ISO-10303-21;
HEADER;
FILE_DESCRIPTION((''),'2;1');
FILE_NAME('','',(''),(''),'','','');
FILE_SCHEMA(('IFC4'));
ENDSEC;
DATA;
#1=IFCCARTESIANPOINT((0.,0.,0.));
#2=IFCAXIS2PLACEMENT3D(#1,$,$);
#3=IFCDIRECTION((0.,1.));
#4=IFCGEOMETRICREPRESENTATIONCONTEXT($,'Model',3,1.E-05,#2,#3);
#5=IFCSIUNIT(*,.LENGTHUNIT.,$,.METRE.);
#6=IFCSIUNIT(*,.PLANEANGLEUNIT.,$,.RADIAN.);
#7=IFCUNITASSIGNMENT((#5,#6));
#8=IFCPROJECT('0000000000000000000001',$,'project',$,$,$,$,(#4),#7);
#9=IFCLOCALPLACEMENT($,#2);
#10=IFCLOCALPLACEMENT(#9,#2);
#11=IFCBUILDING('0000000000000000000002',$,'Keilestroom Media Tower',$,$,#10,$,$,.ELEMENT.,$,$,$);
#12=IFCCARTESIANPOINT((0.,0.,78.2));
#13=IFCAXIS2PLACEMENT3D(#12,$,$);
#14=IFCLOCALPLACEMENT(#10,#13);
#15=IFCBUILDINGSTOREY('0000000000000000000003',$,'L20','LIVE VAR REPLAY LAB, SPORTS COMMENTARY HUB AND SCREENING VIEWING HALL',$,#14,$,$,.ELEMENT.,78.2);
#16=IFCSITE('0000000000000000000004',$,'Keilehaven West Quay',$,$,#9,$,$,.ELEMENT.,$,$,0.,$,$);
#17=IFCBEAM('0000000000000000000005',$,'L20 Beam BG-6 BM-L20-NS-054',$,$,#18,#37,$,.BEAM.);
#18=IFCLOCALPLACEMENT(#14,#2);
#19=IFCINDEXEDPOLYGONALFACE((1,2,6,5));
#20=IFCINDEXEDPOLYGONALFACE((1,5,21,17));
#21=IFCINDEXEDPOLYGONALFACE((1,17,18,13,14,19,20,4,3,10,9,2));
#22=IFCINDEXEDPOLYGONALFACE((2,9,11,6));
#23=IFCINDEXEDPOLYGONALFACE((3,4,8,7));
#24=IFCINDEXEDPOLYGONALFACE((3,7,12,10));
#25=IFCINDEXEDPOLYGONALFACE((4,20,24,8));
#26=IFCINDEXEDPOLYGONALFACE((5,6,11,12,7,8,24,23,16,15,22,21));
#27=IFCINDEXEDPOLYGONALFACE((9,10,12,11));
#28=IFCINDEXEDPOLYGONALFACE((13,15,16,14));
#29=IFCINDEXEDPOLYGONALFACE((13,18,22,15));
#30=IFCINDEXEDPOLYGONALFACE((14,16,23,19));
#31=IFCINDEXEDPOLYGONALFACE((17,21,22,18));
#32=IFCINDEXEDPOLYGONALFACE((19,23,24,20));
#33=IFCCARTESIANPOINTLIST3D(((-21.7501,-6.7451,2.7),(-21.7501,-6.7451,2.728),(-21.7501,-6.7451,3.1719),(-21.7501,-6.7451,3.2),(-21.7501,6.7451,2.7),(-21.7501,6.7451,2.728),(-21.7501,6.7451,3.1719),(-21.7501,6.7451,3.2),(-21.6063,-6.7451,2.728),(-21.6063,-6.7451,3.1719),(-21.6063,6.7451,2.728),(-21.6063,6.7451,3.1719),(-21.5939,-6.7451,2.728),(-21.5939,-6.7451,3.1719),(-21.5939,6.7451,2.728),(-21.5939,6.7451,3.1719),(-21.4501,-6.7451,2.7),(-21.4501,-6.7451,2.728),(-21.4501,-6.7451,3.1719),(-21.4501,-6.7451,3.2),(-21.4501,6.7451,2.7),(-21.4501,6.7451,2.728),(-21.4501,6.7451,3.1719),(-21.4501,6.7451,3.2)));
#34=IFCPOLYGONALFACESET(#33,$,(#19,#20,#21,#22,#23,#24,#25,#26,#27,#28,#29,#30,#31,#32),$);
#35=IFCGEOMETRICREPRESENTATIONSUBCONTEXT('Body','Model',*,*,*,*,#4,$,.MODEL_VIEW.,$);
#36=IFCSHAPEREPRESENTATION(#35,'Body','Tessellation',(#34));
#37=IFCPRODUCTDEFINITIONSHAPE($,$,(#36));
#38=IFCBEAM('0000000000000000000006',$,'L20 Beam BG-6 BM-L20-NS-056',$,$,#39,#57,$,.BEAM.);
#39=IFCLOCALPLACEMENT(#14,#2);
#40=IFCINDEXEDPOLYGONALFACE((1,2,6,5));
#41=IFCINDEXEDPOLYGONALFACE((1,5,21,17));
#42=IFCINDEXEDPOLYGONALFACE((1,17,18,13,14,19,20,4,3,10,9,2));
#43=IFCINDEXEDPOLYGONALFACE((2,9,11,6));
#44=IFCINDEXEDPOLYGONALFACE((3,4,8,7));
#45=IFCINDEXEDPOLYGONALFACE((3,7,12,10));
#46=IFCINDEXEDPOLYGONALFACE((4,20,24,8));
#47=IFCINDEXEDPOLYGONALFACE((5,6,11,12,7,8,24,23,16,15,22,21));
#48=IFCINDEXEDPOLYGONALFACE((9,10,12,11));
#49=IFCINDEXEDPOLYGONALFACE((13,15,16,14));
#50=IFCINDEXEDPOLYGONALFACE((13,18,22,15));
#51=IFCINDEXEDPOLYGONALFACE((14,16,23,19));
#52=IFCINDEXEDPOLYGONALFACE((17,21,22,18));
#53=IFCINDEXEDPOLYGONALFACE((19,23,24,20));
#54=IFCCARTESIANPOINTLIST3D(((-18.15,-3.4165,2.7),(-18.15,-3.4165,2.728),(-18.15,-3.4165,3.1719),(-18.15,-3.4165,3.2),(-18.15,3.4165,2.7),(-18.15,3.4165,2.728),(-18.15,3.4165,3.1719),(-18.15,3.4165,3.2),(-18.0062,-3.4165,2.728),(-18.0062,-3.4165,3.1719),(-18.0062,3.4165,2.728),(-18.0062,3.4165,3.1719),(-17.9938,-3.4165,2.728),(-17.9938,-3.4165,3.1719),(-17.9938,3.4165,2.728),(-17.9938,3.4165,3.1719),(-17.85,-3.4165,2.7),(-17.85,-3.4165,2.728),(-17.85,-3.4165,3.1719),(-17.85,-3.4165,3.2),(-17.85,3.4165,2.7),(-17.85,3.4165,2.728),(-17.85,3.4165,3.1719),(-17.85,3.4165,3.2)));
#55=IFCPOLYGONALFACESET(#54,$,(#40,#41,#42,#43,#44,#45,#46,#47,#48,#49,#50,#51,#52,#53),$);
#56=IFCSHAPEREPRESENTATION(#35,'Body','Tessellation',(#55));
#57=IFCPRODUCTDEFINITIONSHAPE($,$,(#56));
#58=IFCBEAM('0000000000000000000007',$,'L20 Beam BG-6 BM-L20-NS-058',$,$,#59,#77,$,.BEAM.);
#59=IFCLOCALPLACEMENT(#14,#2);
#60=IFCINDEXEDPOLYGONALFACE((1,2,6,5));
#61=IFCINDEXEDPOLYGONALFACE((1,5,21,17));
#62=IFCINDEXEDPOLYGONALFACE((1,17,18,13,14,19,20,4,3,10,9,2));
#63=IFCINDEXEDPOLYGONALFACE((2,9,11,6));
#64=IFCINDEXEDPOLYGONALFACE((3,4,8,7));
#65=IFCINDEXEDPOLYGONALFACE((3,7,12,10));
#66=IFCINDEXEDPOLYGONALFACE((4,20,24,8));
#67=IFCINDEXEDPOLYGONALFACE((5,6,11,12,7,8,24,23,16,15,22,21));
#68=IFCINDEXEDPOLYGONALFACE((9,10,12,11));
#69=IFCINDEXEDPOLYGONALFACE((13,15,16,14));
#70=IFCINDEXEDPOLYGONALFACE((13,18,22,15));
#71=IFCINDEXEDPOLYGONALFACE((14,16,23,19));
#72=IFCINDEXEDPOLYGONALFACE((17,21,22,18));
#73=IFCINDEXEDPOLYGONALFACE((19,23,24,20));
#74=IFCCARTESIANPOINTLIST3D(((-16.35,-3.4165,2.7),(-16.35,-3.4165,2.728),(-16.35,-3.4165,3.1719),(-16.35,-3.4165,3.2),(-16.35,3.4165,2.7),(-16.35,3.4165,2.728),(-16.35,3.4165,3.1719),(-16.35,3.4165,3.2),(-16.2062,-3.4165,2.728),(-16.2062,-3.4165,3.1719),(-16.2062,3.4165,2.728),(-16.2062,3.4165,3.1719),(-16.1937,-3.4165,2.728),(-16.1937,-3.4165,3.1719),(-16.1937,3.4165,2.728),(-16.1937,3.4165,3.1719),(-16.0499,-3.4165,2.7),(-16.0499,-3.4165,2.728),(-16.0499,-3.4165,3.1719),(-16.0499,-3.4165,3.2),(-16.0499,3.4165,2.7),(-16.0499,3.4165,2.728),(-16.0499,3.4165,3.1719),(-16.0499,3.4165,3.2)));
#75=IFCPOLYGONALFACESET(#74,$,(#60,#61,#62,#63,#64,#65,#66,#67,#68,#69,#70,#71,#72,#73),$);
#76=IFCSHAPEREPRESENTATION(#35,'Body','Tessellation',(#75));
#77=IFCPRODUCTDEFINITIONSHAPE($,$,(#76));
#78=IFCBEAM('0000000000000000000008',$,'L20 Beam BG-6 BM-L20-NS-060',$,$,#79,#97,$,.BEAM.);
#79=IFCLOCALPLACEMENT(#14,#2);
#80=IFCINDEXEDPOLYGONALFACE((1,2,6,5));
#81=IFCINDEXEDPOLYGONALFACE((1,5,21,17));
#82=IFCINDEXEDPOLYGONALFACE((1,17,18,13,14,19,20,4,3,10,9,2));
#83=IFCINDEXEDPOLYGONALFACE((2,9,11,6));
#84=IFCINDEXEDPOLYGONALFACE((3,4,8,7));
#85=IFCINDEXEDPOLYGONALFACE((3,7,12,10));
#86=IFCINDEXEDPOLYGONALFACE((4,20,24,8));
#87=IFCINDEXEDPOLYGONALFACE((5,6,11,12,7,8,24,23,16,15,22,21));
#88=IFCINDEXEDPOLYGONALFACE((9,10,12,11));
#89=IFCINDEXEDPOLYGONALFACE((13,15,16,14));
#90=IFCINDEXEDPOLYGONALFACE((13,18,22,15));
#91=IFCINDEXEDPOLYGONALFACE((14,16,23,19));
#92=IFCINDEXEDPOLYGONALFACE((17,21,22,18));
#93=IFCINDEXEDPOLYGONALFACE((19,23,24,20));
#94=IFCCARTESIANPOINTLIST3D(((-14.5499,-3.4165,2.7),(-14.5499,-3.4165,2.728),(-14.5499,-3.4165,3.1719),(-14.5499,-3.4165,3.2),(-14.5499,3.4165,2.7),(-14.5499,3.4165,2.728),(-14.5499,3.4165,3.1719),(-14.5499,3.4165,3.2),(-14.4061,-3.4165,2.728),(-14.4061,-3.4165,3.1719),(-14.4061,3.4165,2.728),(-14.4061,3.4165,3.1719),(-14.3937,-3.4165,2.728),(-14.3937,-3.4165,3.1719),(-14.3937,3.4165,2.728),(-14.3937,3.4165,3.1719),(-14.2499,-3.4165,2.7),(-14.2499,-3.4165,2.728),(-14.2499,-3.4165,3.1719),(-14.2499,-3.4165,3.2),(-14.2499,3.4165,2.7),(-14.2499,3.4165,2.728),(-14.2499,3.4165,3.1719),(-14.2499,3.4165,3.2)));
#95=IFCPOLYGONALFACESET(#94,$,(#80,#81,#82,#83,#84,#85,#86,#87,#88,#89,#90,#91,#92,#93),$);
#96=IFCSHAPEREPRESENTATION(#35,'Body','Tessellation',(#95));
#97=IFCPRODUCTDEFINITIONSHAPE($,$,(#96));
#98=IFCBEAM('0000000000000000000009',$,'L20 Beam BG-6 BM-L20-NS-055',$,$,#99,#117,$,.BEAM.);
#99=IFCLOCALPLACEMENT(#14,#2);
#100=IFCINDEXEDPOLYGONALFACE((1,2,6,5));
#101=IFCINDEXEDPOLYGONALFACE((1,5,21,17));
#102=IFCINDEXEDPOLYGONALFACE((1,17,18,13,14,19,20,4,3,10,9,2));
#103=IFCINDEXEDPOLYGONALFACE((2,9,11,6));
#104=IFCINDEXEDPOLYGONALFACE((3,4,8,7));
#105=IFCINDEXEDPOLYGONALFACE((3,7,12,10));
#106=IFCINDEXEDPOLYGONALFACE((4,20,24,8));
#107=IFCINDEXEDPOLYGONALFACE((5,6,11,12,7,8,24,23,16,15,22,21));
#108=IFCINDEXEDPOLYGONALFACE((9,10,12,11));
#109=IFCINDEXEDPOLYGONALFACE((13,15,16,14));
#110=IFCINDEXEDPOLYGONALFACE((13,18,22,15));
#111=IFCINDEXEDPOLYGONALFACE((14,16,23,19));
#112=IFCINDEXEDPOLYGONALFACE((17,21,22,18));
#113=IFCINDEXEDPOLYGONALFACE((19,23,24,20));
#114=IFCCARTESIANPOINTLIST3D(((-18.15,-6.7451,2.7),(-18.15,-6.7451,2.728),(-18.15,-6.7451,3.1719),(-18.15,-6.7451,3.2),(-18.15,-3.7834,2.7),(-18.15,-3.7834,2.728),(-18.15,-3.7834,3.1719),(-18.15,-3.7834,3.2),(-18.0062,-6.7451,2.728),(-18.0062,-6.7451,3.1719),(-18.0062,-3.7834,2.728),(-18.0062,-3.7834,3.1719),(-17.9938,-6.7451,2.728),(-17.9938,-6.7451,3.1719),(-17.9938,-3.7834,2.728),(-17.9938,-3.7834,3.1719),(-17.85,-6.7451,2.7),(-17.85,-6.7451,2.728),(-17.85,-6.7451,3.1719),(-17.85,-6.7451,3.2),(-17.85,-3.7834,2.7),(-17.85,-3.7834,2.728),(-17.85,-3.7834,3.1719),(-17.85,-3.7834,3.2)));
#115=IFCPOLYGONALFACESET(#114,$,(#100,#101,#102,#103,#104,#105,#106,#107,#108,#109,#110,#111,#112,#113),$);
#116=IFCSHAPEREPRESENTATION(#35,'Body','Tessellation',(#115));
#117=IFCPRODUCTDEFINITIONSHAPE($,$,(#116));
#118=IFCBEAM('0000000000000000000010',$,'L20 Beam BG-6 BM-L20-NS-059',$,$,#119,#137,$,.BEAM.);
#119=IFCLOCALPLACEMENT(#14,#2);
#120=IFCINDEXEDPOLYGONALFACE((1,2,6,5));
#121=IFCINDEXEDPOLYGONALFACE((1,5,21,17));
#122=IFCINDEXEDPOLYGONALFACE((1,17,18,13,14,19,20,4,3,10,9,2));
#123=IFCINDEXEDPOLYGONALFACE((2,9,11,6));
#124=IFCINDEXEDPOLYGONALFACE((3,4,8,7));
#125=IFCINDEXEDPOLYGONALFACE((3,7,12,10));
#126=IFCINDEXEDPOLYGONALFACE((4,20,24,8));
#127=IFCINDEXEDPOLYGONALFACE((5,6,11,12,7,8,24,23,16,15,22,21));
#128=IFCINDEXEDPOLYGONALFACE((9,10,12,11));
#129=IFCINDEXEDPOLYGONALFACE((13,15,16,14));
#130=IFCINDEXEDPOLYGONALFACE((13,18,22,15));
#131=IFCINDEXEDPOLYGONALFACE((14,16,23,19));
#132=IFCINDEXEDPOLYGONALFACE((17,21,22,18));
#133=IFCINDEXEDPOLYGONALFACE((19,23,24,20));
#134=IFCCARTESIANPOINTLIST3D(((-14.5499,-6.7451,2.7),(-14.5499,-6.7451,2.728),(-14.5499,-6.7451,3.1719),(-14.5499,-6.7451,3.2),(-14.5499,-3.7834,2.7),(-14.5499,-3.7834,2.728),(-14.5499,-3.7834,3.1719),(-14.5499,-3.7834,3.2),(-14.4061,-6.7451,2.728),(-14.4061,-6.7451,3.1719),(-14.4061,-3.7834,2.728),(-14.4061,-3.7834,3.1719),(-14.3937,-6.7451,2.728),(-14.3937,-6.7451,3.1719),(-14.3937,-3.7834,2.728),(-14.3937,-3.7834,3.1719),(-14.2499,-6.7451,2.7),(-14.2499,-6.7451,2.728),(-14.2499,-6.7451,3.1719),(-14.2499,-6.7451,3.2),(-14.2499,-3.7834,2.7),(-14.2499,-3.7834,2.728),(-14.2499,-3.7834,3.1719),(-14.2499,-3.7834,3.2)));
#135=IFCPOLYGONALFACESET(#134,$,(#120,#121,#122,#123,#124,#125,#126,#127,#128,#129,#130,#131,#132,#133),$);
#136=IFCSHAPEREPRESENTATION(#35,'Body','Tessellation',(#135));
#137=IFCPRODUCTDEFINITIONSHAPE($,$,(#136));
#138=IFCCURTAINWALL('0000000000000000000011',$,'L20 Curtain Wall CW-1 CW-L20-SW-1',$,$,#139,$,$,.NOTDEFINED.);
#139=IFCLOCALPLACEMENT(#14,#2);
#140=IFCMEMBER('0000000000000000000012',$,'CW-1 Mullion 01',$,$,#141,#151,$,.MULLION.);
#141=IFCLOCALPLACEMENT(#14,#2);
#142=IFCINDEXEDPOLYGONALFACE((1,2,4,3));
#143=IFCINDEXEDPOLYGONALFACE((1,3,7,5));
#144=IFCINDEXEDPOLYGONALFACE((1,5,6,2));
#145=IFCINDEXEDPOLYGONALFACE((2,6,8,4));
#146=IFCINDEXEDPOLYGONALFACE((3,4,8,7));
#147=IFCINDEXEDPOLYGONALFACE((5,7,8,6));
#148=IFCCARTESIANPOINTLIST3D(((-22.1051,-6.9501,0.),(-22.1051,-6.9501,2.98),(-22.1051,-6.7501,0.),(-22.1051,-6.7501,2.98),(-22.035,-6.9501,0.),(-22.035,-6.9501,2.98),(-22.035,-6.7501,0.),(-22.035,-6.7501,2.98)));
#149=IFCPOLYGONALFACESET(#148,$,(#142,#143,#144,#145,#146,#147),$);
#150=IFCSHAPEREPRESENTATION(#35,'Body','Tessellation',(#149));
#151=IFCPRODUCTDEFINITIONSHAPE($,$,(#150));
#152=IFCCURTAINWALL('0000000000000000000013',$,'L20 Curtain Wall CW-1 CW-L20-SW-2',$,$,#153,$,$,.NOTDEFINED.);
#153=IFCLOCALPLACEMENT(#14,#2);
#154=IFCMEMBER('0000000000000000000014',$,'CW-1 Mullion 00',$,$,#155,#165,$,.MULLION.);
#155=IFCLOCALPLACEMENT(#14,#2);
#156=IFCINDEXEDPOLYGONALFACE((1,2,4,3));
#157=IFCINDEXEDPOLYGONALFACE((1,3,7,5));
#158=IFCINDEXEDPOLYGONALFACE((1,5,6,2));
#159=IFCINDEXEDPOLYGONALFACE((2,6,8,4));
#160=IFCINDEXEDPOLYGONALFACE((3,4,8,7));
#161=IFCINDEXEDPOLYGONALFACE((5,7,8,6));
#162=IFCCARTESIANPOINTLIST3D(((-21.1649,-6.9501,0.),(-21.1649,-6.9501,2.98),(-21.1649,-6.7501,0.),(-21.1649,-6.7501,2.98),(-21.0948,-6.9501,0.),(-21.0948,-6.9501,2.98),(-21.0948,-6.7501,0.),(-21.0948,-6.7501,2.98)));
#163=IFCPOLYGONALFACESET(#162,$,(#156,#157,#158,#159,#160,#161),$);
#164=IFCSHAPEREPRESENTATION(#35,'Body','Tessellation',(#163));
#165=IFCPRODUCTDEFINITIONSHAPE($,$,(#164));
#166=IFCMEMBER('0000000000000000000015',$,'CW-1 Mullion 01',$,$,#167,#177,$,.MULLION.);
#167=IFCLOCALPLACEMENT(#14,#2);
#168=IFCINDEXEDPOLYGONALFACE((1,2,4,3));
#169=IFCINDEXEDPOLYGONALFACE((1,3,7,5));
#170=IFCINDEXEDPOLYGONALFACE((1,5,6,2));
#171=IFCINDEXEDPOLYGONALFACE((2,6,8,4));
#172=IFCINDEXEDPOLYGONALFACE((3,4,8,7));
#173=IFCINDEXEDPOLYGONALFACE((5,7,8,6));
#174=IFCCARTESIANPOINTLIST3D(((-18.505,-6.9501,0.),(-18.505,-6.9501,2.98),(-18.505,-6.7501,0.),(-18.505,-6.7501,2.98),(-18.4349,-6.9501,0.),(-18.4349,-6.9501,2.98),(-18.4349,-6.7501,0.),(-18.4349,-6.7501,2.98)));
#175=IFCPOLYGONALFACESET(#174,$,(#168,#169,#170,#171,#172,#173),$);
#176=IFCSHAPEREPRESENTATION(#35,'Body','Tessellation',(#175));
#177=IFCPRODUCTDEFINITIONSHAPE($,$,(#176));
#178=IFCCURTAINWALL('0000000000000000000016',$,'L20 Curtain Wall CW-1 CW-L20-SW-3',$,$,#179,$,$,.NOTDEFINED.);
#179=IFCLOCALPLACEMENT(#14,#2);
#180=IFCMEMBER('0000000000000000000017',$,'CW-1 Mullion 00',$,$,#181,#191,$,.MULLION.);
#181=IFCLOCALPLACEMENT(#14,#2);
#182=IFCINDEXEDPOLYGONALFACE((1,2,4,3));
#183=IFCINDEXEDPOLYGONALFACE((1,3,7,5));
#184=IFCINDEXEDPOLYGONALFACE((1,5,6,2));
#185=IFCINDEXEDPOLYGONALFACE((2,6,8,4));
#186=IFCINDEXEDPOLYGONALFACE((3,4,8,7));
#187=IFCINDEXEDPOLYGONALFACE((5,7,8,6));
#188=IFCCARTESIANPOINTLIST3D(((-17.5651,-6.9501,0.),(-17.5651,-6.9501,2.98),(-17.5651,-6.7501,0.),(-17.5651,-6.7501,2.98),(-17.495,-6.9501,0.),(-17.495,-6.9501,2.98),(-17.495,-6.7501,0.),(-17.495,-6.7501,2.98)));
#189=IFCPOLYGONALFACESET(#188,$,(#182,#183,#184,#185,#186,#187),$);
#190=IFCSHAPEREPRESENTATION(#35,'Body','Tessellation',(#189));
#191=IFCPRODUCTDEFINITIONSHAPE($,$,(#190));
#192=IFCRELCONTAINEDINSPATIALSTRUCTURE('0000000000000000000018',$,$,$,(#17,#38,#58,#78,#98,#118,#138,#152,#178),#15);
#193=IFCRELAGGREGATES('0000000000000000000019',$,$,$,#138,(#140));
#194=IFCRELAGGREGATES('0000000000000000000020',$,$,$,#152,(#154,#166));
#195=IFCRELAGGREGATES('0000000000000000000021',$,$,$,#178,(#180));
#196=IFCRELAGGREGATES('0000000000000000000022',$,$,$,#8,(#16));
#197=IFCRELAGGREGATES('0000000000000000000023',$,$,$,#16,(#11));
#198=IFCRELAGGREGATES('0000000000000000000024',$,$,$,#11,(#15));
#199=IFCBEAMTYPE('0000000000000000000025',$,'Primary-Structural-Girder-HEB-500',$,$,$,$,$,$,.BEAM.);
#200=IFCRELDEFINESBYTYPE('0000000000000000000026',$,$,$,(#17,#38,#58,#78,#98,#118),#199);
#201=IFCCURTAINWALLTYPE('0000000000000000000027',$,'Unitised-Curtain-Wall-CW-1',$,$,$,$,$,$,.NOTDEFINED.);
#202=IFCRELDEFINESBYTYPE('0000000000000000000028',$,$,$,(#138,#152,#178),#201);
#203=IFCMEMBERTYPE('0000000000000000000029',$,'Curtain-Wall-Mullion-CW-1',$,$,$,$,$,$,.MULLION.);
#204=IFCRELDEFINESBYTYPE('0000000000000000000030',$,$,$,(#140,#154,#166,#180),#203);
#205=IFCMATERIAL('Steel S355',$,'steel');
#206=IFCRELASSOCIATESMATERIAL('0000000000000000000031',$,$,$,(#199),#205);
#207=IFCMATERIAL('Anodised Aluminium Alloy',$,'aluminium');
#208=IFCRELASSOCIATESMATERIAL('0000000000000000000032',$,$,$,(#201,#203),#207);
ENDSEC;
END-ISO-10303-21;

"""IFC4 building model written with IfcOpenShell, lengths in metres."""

from ifc_helpers import new_model, si_unit, direction, frame, origin, origin_2d, place, context, subcontext, project, spatial, rectangle, i_section, extrude, source, transform, mapped, material, material_profile, profile_set, type_object, element, aggregate, save


model = new_model("IFC4")

# Units and contexts
model_context = context("Model", 3, precision=1e-05, world=origin(), true_north=direction((0.0, 1.0)))
body_context = subcontext(model_context, "Body", "Model", "MODEL_VIEW")
ifc_project = project(units=[si_unit("LENGTHUNIT", "METRE"), si_unit("PLANEANGLEUNIT", "RADIAN")], contexts=[model_context])

# Site, building, storey
site_placement = place(None, origin())
site = spatial("IfcSite", under=ifc_project, at=site_placement, Name="Keilehaven West Quay", CompositionType="ELEMENT", RefElevation=0.0)
building_placement = place(site_placement, origin())
building = spatial("IfcBuilding", under=site, at=building_placement, Name="Keilestroom Media Tower", CompositionType="ELEMENT")
storey_placement = place(building_placement, frame((0.0, 0.0, 78.2)))
storey = spatial("IfcBuildingStorey", under=building, at=storey_placement, Name="L20", Description="LIVE VAR REPLAY LAB, SPORTS COMMENTARY HUB AND SCREENING VIEWING HALL", CompositionType="ELEMENT", Elevation=78.2)

# Beams
ifc_material_1 = material(Name="Steel S355", Category="steel")
ifc_material_profile_1 = material_profile(ifc_material_1, i_section(OverallWidth=0.3, OverallDepth=0.5, WebThickness=0.0125, FlangeThickness=0.0281, at=origin_2d()), Name="HEB 500")
ifc_profile_set_1 = profile_set([ifc_material_profile_1], Name="Steel S355")
beam_type_1 = type_object("IfcBeamType", Name="Primary-Structural-Girder-HEB-500", PredefinedType="BEAM", material=ifc_profile_set_1)
shared_shape_1 = source(origin(), body_context, "Body", "SweptSolid", [
    extrude(i_section(OverallWidth=0.3, OverallDepth=0.5, WebThickness=0.0125, FlangeThickness=0.0281, at=origin_2d()), origin(), (0.0, 0.0, 1.0), 13.4902),
])
beam_1_placement = place(storey_placement, frame((-21.6001, -6.7451, 2.95), z_axis=(0.0, 1.0, 0.0), x_axis=(-1.0, 0.0, 0.0)))
element("IfcBeam", 1, at=beam_1_placement, inside=storey, type_object=beam_type_1, Name="L20 Beam BG-6 BM-L20-NS-054", PredefinedType="BEAM", context=body_context, shape_type="MappedRepresentation", body=[
    mapped(shared_shape_1, transform((0.0, 0.0, 0.0), x_axis=(1.0, 0.0, 0.0), y_axis=(0.0, 1.0, 0.0), z_axis=(0.0, 0.0, 1.0), scale=1.0)),
])
shared_shape_2 = source(origin(), body_context, "Body", "SweptSolid", [
    extrude(i_section(OverallWidth=0.3, OverallDepth=0.5, WebThickness=0.0125, FlangeThickness=0.0281, at=origin_2d()), origin(), (0.0, 0.0, 1.0), 6.833),
])
for number, where, z_axis, x_axis, name in (
    (2, (-18.0, -3.4165, 2.95), (0.0, 1.0, 0.0), (-1.0, 0.0, 0.0), "L20 Beam BG-6 BM-L20-NS-056"),
    (3, (-16.2, -3.4165, 2.95), (0.0, 1.0, 0.0), (-1.0, 0.0, 0.0), "L20 Beam BG-6 BM-L20-NS-058"),
    (4, (-14.3999, -3.4165, 2.95), (0.0, 1.0, 0.0), (-1.0, 0.0, 0.0), "L20 Beam BG-6 BM-L20-NS-060"),
):
    element("IfcBeam", number, at=place(storey_placement, frame(where, z_axis=z_axis, x_axis=x_axis)), inside=storey, type_object=beam_type_1, Name=name, PredefinedType="BEAM", context=body_context, shape_type="MappedRepresentation", body=[
        mapped(shared_shape_2, transform((0.0, 0.0, 0.0), x_axis=(1.0, 0.0, 0.0), y_axis=(0.0, 1.0, 0.0), z_axis=(0.0, 0.0, 1.0), scale=1.0)),
    ])
shared_shape_3 = source(origin(), body_context, "Body", "SweptSolid", [
    extrude(i_section(OverallWidth=0.3, OverallDepth=0.5, WebThickness=0.0125, FlangeThickness=0.0281, at=origin_2d()), origin(), (0.0, 0.0, 1.0), 2.9617),
])
for number, where, z_axis, x_axis, name in (
    (5, (-18.0, -6.7451, 2.95), (0.0, 1.0, 0.0), (-1.0, 0.0, 0.0), "L20 Beam BG-6 BM-L20-NS-055"),
    (6, (-14.3999, -6.7451, 2.95), (0.0, 1.0, 0.0), (-1.0, 0.0, 0.0), "L20 Beam BG-6 BM-L20-NS-059"),
):
    element("IfcBeam", number, at=place(storey_placement, frame(where, z_axis=z_axis, x_axis=x_axis)), inside=storey, type_object=beam_type_1, Name=name, PredefinedType="BEAM", context=body_context, shape_type="MappedRepresentation", body=[
        mapped(shared_shape_3, transform((0.0, 0.0, 0.0), x_axis=(1.0, 0.0, 0.0), y_axis=(0.0, 1.0, 0.0), z_axis=(0.0, 0.0, 1.0), scale=1.0)),
    ])

# Curtain wall, member
ifc_material_2 = material(Name="Anodised Aluminium Alloy", Category="aluminium")
curtain_wall_type = type_object("IfcCurtainWallType", Name="Unitised-Curtain-Wall-CW-1", PredefinedType="NOTDEFINED", material=ifc_material_2)
curtain_wall_1_placement = place(storey_placement, origin())
curtain_wall_1 = element("IfcCurtainWall", 7, at=curtain_wall_1_placement, inside=storey, type_object=curtain_wall_type, Name="L20 Curtain Wall CW-1 CW-L20-SW-1", PredefinedType="NOTDEFINED")
ifc_material_profile_2 = material_profile(ifc_material_2, rectangle(XDim=0.0701, YDim=0.2, at=origin_2d()), Name="ALU MULLION 70x200")
ifc_profile_set_2 = profile_set([ifc_material_profile_2], Name="Anodised Aluminium Alloy")
member_type_1 = type_object("IfcMemberType", Name="Curtain-Wall-Mullion-CW-1", PredefinedType="MULLION", material=ifc_profile_set_2)
shared_shape_4 = source(origin(), body_context, "Body", "SweptSolid", [
    extrude(rectangle(XDim=0.0701, YDim=0.2, at=origin_2d()), origin(), (0.0, 0.0, 1.0), 2.98),
])
member_1_placement = place(storey_placement, frame((-22.0701, -6.8501, 0.0), z_axis=(0.0, 0.0, 1.0), x_axis=(1.0, 0.0, 0.0)))
member_1 = element("IfcMember", 8, at=member_1_placement, type_object=member_type_1, Name="CW-1 Mullion 01", PredefinedType="MULLION", context=body_context, shape_type="MappedRepresentation", body=[
    mapped(shared_shape_4, transform((0.0, 0.0, 0.0), x_axis=(1.0, 0.0, 0.0), y_axis=(0.0, 1.0, 0.0), z_axis=(0.0, 0.0, 1.0), scale=1.0)),
])
aggregate(curtain_wall_1, [member_1])

# Curtain walls, members
curtain_wall_2_placement = place(storey_placement, origin())
curtain_wall_2 = element("IfcCurtainWall", 9, at=curtain_wall_2_placement, inside=storey, type_object=curtain_wall_type, Name="L20 Curtain Wall CW-1 CW-L20-SW-2", PredefinedType="NOTDEFINED")
member_2_placement = place(storey_placement, frame((-21.1299, -6.8501, 0.0), z_axis=(0.0, 0.0, 1.0), x_axis=(1.0, 0.0, 0.0)))
member_2 = element("IfcMember", 10, at=member_2_placement, type_object=member_type_1, Name="CW-1 Mullion 00", PredefinedType="MULLION", context=body_context, shape_type="MappedRepresentation", body=[
    mapped(shared_shape_4, transform((0.0, 0.0, 0.0), x_axis=(1.0, 0.0, 0.0), y_axis=(0.0, 1.0, 0.0), z_axis=(0.0, 0.0, 1.0), scale=1.0)),
])
member_3_placement = place(storey_placement, frame((-18.47, -6.8501, 0.0), z_axis=(0.0, 0.0, 1.0), x_axis=(1.0, 0.0, 0.0)))
member_3 = element("IfcMember", 11, at=member_3_placement, type_object=member_type_1, Name="CW-1 Mullion 01", PredefinedType="MULLION", context=body_context, shape_type="MappedRepresentation", body=[
    mapped(shared_shape_4, transform((0.0, 0.0, 0.0), x_axis=(1.0, 0.0, 0.0), y_axis=(0.0, 1.0, 0.0), z_axis=(0.0, 0.0, 1.0), scale=1.0)),
])
curtain_wall_3_placement = place(storey_placement, origin())
curtain_wall_3 = element("IfcCurtainWall", 12, at=curtain_wall_3_placement, inside=storey, type_object=curtain_wall_type, Name="L20 Curtain Wall CW-1 CW-L20-SW-3", PredefinedType="NOTDEFINED")
member_4_placement = place(storey_placement, frame((-17.53, -6.8501, 0.0), z_axis=(0.0, 0.0, 1.0), x_axis=(1.0, 0.0, 0.0)))
member_4 = element("IfcMember", 13, at=member_4_placement, type_object=member_type_1, Name="CW-1 Mullion 00", PredefinedType="MULLION", context=body_context, shape_type="MappedRepresentation", body=[
    mapped(shared_shape_4, transform((0.0, 0.0, 0.0), x_axis=(1.0, 0.0, 0.0), y_axis=(0.0, 1.0, 0.0), z_axis=(0.0, 0.0, 1.0), scale=1.0)),
])

aggregate(curtain_wall_2, [member_2, member_3])
aggregate(curtain_wall_3, [member_4])

save(model, "model.ifc")
